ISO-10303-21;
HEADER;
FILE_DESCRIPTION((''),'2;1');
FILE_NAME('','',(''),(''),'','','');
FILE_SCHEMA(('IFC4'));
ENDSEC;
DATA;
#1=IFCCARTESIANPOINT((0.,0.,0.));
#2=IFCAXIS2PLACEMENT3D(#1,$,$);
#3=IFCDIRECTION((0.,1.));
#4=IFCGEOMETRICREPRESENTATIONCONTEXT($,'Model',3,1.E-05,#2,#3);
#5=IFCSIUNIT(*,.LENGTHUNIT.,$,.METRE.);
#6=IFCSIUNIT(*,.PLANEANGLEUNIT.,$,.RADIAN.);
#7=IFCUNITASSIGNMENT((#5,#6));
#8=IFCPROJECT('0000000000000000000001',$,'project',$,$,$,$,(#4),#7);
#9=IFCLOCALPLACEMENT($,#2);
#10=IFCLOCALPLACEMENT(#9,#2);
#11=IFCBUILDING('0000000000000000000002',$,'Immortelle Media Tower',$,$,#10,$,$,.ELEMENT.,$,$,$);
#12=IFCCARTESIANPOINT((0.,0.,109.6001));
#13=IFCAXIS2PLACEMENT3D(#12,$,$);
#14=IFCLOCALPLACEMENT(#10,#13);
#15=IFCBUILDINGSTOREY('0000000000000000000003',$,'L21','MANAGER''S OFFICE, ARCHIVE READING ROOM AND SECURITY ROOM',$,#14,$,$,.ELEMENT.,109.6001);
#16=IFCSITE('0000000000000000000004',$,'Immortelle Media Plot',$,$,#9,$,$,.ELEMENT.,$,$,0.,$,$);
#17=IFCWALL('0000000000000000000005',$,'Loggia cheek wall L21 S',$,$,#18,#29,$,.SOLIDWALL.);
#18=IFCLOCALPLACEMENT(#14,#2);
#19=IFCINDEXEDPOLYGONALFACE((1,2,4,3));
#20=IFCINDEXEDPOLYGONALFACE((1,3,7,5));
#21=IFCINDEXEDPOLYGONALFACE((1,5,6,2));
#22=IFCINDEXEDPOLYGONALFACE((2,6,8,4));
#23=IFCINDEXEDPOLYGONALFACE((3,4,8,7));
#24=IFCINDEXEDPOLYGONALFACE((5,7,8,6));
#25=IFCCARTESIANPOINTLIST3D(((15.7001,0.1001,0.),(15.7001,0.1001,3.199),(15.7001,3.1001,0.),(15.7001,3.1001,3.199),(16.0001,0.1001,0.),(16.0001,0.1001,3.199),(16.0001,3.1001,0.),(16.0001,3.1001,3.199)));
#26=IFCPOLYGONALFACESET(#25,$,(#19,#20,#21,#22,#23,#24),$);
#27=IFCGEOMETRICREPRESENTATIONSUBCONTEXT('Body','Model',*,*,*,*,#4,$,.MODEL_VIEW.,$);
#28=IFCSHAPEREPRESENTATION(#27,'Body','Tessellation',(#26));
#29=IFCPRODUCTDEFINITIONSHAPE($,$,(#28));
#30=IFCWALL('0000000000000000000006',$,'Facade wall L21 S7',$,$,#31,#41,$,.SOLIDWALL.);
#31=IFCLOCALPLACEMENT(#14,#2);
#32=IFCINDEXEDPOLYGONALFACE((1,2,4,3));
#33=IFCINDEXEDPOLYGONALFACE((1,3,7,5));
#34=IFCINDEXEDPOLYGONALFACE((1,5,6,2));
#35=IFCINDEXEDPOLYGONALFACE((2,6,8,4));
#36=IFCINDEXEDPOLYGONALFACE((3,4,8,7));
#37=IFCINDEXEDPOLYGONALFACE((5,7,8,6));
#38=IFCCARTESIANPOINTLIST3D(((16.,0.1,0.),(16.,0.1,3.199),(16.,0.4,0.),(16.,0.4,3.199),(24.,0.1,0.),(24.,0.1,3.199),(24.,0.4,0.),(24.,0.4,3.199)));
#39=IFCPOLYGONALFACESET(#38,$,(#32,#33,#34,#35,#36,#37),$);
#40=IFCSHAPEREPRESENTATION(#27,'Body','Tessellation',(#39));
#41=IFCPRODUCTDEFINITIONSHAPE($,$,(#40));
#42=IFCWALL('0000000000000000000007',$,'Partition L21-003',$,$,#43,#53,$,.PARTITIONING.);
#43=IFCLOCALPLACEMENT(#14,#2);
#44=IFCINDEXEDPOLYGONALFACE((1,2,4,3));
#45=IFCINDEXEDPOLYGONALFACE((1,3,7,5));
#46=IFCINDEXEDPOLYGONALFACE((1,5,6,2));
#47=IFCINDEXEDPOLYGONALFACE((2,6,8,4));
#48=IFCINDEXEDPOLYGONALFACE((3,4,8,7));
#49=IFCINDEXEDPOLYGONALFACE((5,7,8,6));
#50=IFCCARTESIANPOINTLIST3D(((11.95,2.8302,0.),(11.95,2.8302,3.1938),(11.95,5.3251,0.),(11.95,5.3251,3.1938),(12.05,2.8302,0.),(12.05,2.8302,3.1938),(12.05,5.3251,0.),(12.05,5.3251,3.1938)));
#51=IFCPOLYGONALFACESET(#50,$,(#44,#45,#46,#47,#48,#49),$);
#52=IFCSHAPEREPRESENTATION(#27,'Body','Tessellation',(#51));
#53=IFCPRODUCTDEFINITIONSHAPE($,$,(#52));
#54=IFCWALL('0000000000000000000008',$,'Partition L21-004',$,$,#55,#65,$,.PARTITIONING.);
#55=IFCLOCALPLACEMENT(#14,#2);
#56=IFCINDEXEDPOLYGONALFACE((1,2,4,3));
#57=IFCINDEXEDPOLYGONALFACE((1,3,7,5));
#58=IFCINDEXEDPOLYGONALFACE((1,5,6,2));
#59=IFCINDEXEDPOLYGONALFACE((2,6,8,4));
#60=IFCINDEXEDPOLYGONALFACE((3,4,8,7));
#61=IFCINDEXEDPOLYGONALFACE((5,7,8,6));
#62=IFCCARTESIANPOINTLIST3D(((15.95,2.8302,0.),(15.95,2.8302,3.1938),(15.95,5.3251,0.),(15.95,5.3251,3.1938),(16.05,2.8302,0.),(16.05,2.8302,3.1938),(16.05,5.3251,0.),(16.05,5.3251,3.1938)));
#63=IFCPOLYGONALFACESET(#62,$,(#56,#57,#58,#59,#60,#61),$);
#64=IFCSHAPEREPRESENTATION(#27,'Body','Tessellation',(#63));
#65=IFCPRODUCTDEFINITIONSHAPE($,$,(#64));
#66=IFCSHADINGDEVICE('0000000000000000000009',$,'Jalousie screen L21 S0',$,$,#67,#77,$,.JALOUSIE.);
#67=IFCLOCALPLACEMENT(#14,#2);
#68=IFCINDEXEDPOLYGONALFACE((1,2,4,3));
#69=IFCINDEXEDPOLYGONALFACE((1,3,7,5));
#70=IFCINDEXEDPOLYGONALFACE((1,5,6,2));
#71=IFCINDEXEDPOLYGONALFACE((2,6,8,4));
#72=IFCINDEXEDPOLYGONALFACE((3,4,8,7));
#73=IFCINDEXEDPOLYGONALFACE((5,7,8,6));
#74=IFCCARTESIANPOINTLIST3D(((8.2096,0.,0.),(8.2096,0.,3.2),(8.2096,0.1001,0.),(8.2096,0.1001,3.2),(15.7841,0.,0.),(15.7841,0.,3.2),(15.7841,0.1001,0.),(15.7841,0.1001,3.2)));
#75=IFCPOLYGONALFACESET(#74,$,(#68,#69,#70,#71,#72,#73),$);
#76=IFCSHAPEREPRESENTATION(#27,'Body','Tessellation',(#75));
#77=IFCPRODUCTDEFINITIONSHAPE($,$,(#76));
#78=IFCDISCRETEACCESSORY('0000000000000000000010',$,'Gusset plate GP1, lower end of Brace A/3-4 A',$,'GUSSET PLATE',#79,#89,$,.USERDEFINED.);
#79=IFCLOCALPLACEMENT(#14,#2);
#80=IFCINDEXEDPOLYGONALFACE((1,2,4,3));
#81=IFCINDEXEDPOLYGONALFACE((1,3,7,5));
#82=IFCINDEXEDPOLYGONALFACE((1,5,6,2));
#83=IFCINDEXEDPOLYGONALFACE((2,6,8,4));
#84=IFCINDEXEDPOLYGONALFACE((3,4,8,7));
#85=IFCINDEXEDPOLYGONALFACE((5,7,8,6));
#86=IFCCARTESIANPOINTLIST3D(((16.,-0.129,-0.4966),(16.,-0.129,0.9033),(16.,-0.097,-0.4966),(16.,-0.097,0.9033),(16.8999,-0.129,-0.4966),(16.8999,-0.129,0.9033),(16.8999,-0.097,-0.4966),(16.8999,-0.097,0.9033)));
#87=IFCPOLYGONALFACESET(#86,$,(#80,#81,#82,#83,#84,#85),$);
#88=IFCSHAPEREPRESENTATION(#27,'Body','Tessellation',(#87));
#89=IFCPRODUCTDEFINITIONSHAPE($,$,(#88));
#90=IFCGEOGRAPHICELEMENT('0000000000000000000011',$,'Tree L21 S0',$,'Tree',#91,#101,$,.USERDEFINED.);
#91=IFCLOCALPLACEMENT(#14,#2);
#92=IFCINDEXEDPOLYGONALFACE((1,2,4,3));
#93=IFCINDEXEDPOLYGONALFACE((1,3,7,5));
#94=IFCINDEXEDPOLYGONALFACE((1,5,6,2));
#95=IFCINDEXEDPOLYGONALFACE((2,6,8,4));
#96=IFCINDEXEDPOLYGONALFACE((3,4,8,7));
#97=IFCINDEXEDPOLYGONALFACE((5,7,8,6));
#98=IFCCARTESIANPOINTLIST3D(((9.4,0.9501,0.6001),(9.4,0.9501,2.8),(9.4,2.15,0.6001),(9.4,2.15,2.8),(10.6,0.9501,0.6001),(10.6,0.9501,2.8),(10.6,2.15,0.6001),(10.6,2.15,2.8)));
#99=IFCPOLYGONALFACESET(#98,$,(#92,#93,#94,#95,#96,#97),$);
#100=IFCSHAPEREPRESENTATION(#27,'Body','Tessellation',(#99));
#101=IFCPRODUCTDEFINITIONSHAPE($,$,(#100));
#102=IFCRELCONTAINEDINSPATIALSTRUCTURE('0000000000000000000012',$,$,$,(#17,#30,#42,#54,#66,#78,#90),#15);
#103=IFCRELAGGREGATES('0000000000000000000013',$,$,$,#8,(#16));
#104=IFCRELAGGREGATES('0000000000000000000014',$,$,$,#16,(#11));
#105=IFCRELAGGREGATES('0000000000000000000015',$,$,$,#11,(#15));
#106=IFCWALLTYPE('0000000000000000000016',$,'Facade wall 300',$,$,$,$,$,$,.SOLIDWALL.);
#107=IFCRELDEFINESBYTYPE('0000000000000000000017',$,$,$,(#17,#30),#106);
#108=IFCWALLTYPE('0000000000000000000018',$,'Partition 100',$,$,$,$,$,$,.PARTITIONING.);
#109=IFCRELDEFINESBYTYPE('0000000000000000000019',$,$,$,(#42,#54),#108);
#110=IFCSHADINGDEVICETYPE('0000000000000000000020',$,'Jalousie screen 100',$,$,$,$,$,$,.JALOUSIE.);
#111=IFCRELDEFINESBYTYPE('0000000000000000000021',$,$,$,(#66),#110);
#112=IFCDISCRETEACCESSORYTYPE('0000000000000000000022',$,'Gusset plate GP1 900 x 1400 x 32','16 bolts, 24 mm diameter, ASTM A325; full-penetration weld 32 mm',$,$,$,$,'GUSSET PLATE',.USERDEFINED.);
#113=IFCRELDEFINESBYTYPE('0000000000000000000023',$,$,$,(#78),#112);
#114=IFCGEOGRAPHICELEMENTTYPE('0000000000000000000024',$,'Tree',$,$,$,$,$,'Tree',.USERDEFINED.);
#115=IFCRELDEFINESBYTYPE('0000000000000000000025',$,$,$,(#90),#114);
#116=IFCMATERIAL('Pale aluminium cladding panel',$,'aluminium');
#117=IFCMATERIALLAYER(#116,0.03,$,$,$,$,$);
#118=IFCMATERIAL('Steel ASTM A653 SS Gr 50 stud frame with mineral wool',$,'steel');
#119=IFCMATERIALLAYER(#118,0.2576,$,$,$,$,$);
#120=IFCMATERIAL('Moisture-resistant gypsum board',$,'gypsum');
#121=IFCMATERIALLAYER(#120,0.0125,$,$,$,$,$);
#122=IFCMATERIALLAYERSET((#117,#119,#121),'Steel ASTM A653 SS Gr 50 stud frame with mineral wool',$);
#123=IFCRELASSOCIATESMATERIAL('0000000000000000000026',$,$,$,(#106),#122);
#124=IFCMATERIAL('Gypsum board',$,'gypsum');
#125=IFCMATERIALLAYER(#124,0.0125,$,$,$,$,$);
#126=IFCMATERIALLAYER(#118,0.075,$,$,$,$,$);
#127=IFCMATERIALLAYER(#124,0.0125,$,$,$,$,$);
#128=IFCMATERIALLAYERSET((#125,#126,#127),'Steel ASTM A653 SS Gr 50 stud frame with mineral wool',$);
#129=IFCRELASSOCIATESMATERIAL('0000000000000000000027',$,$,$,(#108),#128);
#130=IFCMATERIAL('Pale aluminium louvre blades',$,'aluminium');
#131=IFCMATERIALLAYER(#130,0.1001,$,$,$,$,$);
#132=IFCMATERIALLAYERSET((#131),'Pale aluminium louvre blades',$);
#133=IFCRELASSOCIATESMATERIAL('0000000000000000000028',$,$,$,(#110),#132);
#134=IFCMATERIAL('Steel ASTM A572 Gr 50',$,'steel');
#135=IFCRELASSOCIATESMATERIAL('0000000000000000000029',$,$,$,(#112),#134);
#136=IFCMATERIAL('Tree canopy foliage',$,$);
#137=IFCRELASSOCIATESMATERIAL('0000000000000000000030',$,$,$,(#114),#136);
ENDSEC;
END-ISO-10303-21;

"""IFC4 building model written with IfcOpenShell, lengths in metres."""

from ifc_helpers import new_model, si_unit, direction, frame, frame_2d, origin, origin_2d, place, context, subcontext, project, spatial, rectangle, extrude, material, layer, layer_set, material_profile, profile_set, type_object, element, save


model = new_model("IFC4")

# Units and contexts
model_context = context("Model", 3, precision=1e-05, world=origin(), true_north=direction((0.0, 1.0)))
body_context = subcontext(model_context, "Body", "Model", "MODEL_VIEW")
ifc_project = project(units=[si_unit("LENGTHUNIT", "METRE"), si_unit("PLANEANGLEUNIT", "RADIAN")], contexts=[model_context])

# Site, building, storey
site_placement = place(None, origin())
site = spatial("IfcSite", under=ifc_project, at=site_placement, Name="Immortelle Media Plot", CompositionType="ELEMENT", RefElevation=0.0)
building_placement = place(site_placement, origin())
building = spatial("IfcBuilding", under=site, at=building_placement, Name="Immortelle Media Tower", CompositionType="ELEMENT")
storey_placement = place(building_placement, frame((0.0, 0.0, 109.6001)))
storey = spatial("IfcBuildingStorey", under=building, at=storey_placement, Name="L21", Description="MANAGER'S OFFICE, ARCHIVE READING ROOM AND SECURITY ROOM", CompositionType="ELEMENT", Elevation=109.6001)

# Walls
ifc_material_1 = material(Name="Pale aluminium cladding panel", Category="aluminium")
ifc_layer_1 = layer(ifc_material_1, 0.03)
ifc_material_2 = material(Name="Steel ASTM A653 SS Gr 50 stud frame with mineral wool", Category="steel")
ifc_layer_2 = layer(ifc_material_2, 0.2576)
ifc_material_3 = material(Name="Moisture-resistant gypsum board", Category="gypsum")
ifc_layer_3 = layer(ifc_material_3, 0.0125)
ifc_layer_set_1 = layer_set([ifc_layer_1, ifc_layer_2, ifc_layer_3], Name="Steel ASTM A653 SS Gr 50 stud frame with mineral wool")
wall_type_1 = type_object("IfcWallType", Name="Facade wall 300", PredefinedType="SOLIDWALL", material=ifc_layer_set_1)
wall_1_placement = place(storey_placement, frame((15.8501, 0.1001, 0.0), z_axis=(0.0, 0.0, 1.0), x_axis=(0.0, 1.0, 0.0)))
element("IfcWall", 1, at=wall_1_placement, inside=storey, type_object=wall_type_1, Name="Loggia cheek wall L21 S", PredefinedType="SOLIDWALL", context=body_context, shape_type="SweptSolid", body=[
    extrude(rectangle(XDim=3.0, YDim=0.3, at=frame_2d((1.5, 0.0))), origin(), (0.0, 0.0, 1.0), 3.199),
])
wall_2_placement = place(storey_placement, frame((16.0, 0.25, 0.0), z_axis=(0.0, 0.0, 1.0), x_axis=(1.0, 0.0, 0.0)))
element("IfcWall", 2, at=wall_2_placement, inside=storey, type_object=wall_type_1, Name="Facade wall L21 S7", PredefinedType="SOLIDWALL", context=body_context, shape_type="SweptSolid", body=[
    extrude(rectangle(XDim=8.0, YDim=0.3, at=frame_2d((4.0, 0.0))), origin(), (0.0, 0.0, 1.0), 3.199),
])
ifc_material_4 = material(Name="Gypsum board", Category="gypsum")
ifc_layer_4 = layer(ifc_material_4, 0.0125)
ifc_layer_5 = layer(ifc_material_2, 0.075)
ifc_layer_6 = layer(ifc_material_4, 0.0125)
ifc_layer_set_2 = layer_set([ifc_layer_4, ifc_layer_5, ifc_layer_6], Name="Steel ASTM A653 SS Gr 50 stud frame with mineral wool")
wall_type_2 = type_object("IfcWallType", Name="Partition 100", PredefinedType="PARTITIONING", material=ifc_layer_set_2)
for number, where, z_axis, x_axis, name in (
    (3, (12.0, 2.8301, 0.0), (0.0, 0.0, 1.0), (0.0, 1.0, 0.0), "Partition L21-003"),
    (4, (16.0, 2.8301, 0.0), (0.0, 0.0, 1.0), (0.0, 1.0, 0.0), "Partition L21-004"),
):
    element("IfcWall", number, at=place(storey_placement, frame(where, z_axis=z_axis, x_axis=x_axis)), inside=storey, type_object=wall_type_2, Name=name, PredefinedType="PARTITIONING", context=body_context, shape_type="SweptSolid", body=[
        extrude(rectangle(XDim=2.4949, YDim=0.1001, at=frame_2d((1.2476, 0.0))), origin(), (0.0, 0.0, 1.0), 3.1938),
    ])

# Shading device
ifc_material_5 = material(Name="Pale aluminium louvre blades", Category="aluminium")
ifc_layer_7 = layer(ifc_material_5, 0.1001)
ifc_layer_set_3 = layer_set([ifc_layer_7], Name="Pale aluminium louvre blades")
shading_device_type = type_object("IfcShadingDeviceType", Name="Jalousie screen 100", PredefinedType="JALOUSIE", material=ifc_layer_set_3)
shading_device_placement = place(storey_placement, frame((11.9968, 0.05, 0.0), z_axis=(0.0, 0.0, 1.0), x_axis=(1.0, 0.0, 0.0)))
element("IfcShadingDevice", 5, at=shading_device_placement, inside=storey, type_object=shading_device_type, Name="Jalousie screen L21 S0", PredefinedType="JALOUSIE", context=body_context, shape_type="SweptSolid", body=[
    extrude(rectangle(XDim=7.5745, YDim=0.1001, at=origin_2d()), origin(), (0.0, 0.0, 1.0), 3.2),
])

# Discrete accessory
ifc_material_6 = material(Name="Steel ASTM A572 Gr 50", Category="steel")
ifc_material_profile_1 = material_profile(ifc_material_6, rectangle(XDim=0.032, YDim=1.3999, at=origin_2d()), Name="PL 32 x 1400")
ifc_profile_set_1 = profile_set([ifc_material_profile_1], Name="Steel ASTM A572 Gr 50")
discrete_accessory_type = type_object("IfcDiscreteAccessoryType", Name="Gusset plate GP1 900 x 1400 x 32", Description="16 bolts, 24 mm diameter, ASTM A325; full-penetration weld 32 mm", ElementType="GUSSET PLATE", PredefinedType="USERDEFINED", material=ifc_profile_set_1)
discrete_accessory_placement = place(storey_placement, frame((16.0, -0.113, 0.2034), z_axis=(1.0, 0.0, 0.0), x_axis=(0.0, 1.0, 0.0)))
element("IfcDiscreteAccessory", 6, at=discrete_accessory_placement, inside=storey, type_object=discrete_accessory_type, Name="Gusset plate GP1, lower end of Brace A/3-4 A", ObjectType="GUSSET PLATE", PredefinedType="USERDEFINED", context=body_context, shape_type="SweptSolid", body=[
    extrude(rectangle(XDim=0.032, YDim=1.3999, at=origin_2d()), origin(), (0.0, 0.0, 1.0), 0.8999),
])

# Geographic element
ifc_material_7 = material(Name="Tree canopy foliage")
geographic_element_type = type_object("IfcGeographicElementType", Name="Tree", ElementType="Tree", PredefinedType="USERDEFINED", material=ifc_material_7)
geographic_element_placement = place(storey_placement, frame((10.0, 1.55, 0.6001), z_axis=(0.0, 0.0, 1.0), x_axis=(1.0, 0.0, 0.0)))
element("IfcGeographicElement", 7, at=geographic_element_placement, inside=storey, type_object=geographic_element_type, Name="Tree L21 S0", ObjectType="Tree", PredefinedType="USERDEFINED", context=body_context, shape_type="SweptSolid", body=[
    extrude(rectangle(XDim=1.2, YDim=1.2, at=origin_2d()), origin(), (0.0, 0.0, 1.0), 2.2),
])

save(model, "model.ifc")
